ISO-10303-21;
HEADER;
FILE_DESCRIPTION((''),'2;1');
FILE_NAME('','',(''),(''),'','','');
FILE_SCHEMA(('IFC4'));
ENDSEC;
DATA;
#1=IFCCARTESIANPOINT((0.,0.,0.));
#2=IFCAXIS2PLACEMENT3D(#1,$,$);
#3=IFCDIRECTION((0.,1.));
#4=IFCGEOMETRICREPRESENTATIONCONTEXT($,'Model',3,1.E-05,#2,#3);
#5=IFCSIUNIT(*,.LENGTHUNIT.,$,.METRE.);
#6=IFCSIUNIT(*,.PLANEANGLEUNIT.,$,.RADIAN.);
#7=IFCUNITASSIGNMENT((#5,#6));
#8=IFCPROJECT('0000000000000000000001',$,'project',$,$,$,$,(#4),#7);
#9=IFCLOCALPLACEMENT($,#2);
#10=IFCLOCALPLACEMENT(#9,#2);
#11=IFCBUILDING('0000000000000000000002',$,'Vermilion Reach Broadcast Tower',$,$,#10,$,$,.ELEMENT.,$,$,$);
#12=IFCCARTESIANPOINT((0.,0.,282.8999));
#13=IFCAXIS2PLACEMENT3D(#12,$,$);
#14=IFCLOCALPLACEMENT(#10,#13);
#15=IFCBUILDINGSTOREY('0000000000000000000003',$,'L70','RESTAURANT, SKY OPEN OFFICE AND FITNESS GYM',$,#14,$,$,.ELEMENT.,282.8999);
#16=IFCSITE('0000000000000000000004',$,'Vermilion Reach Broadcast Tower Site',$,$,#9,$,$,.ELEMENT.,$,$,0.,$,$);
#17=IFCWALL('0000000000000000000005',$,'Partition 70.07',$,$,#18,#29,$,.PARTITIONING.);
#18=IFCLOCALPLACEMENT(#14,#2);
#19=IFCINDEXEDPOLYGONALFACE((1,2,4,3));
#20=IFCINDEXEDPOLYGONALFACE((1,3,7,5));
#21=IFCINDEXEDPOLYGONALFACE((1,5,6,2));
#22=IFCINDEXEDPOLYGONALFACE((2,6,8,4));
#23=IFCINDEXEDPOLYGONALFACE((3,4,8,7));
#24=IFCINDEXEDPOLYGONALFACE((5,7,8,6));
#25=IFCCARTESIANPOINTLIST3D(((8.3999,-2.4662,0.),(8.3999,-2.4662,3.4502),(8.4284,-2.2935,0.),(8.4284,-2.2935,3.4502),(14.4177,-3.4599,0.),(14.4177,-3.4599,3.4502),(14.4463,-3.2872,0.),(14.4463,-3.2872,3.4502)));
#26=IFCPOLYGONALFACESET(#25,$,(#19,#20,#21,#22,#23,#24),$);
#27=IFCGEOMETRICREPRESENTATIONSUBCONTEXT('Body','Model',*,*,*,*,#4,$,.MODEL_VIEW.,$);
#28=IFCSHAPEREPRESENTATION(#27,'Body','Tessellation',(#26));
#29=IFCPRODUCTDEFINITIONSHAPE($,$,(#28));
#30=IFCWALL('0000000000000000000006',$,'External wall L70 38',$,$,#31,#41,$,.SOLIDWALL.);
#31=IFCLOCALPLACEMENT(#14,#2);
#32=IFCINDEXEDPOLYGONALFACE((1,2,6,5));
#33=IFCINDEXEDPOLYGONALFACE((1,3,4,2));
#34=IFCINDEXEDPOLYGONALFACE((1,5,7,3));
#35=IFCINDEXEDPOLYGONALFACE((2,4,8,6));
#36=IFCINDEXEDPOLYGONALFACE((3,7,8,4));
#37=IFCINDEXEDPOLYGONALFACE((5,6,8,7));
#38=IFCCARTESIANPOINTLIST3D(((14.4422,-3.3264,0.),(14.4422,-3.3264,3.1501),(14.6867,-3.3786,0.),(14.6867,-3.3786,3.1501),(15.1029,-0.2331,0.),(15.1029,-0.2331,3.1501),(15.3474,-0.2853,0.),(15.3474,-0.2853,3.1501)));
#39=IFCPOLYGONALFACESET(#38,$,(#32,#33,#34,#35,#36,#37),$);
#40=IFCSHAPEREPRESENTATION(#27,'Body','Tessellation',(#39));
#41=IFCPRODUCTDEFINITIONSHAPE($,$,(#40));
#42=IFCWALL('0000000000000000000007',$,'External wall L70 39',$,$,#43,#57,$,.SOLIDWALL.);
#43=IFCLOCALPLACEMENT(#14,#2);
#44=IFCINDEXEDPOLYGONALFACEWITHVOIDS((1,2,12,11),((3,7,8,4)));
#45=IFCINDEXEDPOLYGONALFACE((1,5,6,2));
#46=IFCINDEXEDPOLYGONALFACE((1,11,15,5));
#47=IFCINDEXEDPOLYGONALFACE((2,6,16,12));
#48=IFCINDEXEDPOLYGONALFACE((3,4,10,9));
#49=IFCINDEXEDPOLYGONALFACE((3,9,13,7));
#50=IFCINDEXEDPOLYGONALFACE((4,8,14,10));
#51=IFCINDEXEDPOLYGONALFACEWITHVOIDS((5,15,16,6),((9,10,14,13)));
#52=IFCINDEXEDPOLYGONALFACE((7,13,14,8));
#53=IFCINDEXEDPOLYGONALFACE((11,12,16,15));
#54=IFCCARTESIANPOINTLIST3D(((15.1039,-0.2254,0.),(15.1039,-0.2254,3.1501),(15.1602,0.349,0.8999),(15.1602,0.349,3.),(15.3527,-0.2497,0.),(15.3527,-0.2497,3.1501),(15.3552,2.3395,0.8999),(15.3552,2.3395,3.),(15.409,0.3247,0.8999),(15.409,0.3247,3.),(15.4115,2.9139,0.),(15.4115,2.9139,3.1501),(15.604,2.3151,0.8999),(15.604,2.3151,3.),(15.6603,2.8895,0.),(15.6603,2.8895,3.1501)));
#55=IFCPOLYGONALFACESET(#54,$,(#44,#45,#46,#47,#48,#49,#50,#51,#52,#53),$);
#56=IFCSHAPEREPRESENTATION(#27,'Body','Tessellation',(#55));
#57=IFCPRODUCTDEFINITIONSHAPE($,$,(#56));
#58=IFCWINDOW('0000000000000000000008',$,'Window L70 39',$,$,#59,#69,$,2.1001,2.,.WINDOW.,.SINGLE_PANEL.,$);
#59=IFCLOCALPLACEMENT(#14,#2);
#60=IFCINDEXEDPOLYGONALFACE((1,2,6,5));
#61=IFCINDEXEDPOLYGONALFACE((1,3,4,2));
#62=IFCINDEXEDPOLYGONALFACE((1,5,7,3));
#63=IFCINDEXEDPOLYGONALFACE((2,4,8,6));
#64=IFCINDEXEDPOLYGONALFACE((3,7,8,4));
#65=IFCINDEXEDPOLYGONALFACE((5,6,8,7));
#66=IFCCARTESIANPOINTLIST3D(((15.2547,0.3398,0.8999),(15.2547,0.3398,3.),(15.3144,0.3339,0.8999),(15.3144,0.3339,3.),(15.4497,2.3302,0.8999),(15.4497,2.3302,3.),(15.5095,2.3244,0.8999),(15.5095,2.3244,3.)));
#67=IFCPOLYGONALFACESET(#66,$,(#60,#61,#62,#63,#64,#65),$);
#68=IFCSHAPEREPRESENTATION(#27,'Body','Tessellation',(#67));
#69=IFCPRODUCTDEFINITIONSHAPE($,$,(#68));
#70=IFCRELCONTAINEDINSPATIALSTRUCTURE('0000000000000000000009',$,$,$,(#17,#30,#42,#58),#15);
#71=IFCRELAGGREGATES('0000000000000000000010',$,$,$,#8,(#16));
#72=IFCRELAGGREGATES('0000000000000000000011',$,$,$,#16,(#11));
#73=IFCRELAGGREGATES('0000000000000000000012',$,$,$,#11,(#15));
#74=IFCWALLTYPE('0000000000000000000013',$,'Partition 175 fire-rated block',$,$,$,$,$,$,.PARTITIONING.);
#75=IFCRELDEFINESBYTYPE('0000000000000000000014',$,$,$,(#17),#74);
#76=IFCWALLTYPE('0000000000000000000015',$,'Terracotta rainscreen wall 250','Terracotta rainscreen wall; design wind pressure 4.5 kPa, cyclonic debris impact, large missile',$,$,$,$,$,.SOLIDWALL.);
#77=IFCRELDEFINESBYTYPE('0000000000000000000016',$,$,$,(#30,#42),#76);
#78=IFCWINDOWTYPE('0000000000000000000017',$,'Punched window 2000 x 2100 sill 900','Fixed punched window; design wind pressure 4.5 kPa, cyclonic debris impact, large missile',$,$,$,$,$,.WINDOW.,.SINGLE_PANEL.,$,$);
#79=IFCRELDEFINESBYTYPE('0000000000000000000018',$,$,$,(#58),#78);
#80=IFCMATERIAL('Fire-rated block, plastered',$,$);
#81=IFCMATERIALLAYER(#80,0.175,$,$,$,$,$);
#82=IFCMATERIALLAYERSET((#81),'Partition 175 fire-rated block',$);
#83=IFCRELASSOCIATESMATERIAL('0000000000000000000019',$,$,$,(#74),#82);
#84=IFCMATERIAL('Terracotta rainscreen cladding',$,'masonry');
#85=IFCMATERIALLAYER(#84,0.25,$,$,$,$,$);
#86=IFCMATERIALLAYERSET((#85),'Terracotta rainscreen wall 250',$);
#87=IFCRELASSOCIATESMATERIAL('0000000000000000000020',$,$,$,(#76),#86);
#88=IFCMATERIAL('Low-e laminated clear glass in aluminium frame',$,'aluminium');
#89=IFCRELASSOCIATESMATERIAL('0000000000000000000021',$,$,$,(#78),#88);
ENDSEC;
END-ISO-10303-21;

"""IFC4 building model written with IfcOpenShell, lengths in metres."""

from ifc_helpers import new_model, si_unit, direction, frame, frame_2d, origin, place, context, subcontext, project, spatial, rectangle, extrude, material, layer, layer_set, type_object, element, fill, save


model = new_model("IFC4")

# Units and contexts
model_context = context("Model", 3, precision=1e-05, world=origin(), true_north=direction((0.0, 1.0)))
body_context = subcontext(model_context, "Body", "Model", "MODEL_VIEW")
ifc_project = project(units=[si_unit("LENGTHUNIT", "METRE"), si_unit("PLANEANGLEUNIT", "RADIAN")], contexts=[model_context])

# Site, building, storey
site_placement = place(None, origin())
site = spatial("IfcSite", under=ifc_project, at=site_placement, Name="Vermilion Reach Broadcast Tower Site", CompositionType="ELEMENT", RefElevation=0.0)
building_placement = place(site_placement, origin())
building = spatial("IfcBuilding", under=site, at=building_placement, Name="Vermilion Reach Broadcast Tower", CompositionType="ELEMENT")
storey_placement = place(building_placement, frame((0.0, 0.0, 282.8999)))
storey = spatial("IfcBuildingStorey", under=building, at=storey_placement, Name="L70", Description="RESTAURANT, SKY OPEN OFFICE AND FITNESS GYM", CompositionType="ELEMENT", Elevation=282.8999)

# Walls
ifc_material_1 = material(Name="Fire-rated block, plastered")
ifc_layer_1 = layer(ifc_material_1, 0.175)
ifc_layer_set_1 = layer_set([ifc_layer_1], Name="Partition 175 fire-rated block")
wall_type_1 = type_object("IfcWallType", Name="Partition 175 fire-rated block", PredefinedType="PARTITIONING", material=ifc_layer_set_1)
wall_1_placement = place(storey_placement, frame((14.4321, -3.3735, 0.0), z_axis=(0.0, 0.0, 1.0), x_axis=(-0.986641, 0.162912, 0.0)))
element("IfcWall", 1, at=wall_1_placement, inside=storey, type_object=wall_type_1, Name="Partition 70.07", PredefinedType="PARTITIONING", context=body_context, shape_type="SweptSolid", body=[
    extrude(rectangle(XDim=6.0994, YDim=0.175, at=frame_2d((3.0498, 0.0))), origin(), (0.0, 0.0, 1.0), 3.4502),
])
ifc_material_2 = material(Name="Terracotta rainscreen cladding", Category="masonry")
ifc_layer_2 = layer(ifc_material_2, 0.25)
ifc_layer_set_2 = layer_set([ifc_layer_2], Name="Terracotta rainscreen wall 250")
wall_type_2 = type_object("IfcWallType", Name="Terracotta rainscreen wall 250", Description="Terracotta rainscreen wall; design wind pressure 4.5 kPa, cyclonic debris impact, large missile", PredefinedType="SOLIDWALL", material=ifc_layer_set_2)
wall_2_placement = place(storey_placement, frame((14.5645, -3.3525, 0.0), z_axis=(0.0, 0.0, 1.0), x_axis=(0.208865, 0.977945, 0.0)))
element("IfcWall", 2, at=wall_2_placement, inside=storey, type_object=wall_type_2, Name="External wall L70 38", PredefinedType="SOLIDWALL", context=body_context, shape_type="SweptSolid", body=[
    extrude(rectangle(XDim=3.1631, YDim=0.25, at=frame_2d((1.5815, 0.0))), origin(), (0.0, 0.0, 1.0), 3.1501),
])

# Wall, opening, window
wall_3_placement = place(storey_placement, frame((15.2283, -0.2375, 0.0), z_axis=(0.0, 0.0, 1.0), x_axis=(0.097526, 0.995233, 0.0)))
wall_3 = element("IfcWall", 3, at=wall_3_placement, inside=storey, type_object=wall_type_2, Name="External wall L70 39", PredefinedType="SOLIDWALL", context=body_context, shape_type="SweptSolid", body=[
    extrude(rectangle(XDim=3.1543, YDim=0.25, at=frame_2d((1.5771, 0.0))), origin(), (0.0, 0.0, 1.0), 3.1501),
])
opening_1_placement = place(wall_3_placement, frame((0.5771, 0.0, 0.8999)))
opening_1 = element("IfcOpeningElement", 4, at=opening_1_placement, cuts=wall_3, PredefinedType="OPENING", context=body_context, shape_type="SweptSolid", body=[
    extrude(rectangle(XDim=2.0, YDim=2.1001, at=frame_2d((1.0, 1.05))), frame((0.0, 0.135, 0.0), z_axis=(0.0, -1.0, 0.0), x_axis=(1.0, 0.0, 0.0)), (0.0, 0.0, 1.0), 0.27),
])
ifc_material_3 = material(Name="Low-e laminated clear glass in aluminium frame", Category="aluminium")
window_type = type_object("IfcWindowType", Name="Punched window 2000 x 2100 sill 900", Description="Fixed punched window; design wind pressure 4.5 kPa, cyclonic debris impact, large missile", PartitioningType="SINGLE_PANEL", PredefinedType="WINDOW", material=ifc_material_3)
window_placement = place(opening_1_placement, origin())
window = element("IfcWindow", 5, at=window_placement, inside=storey, type_object=window_type, Name="Window L70 39", OverallHeight=2.1001, OverallWidth=2.0, PartitioningType="SINGLE_PANEL", PredefinedType="WINDOW", context=body_context, shape_type="SweptSolid", body=[
    extrude(rectangle(XDim=2.0, YDim=2.1001, at=frame_2d((1.0, 1.05))), frame((0.0, 0.03, 0.0), z_axis=(0.0, -1.0, 0.0), x_axis=(1.0, 0.0, 0.0)), (0.0, 0.0, 1.0), 0.0601),
])
fill(opening_1, window)

save(model, "model.ifc")
